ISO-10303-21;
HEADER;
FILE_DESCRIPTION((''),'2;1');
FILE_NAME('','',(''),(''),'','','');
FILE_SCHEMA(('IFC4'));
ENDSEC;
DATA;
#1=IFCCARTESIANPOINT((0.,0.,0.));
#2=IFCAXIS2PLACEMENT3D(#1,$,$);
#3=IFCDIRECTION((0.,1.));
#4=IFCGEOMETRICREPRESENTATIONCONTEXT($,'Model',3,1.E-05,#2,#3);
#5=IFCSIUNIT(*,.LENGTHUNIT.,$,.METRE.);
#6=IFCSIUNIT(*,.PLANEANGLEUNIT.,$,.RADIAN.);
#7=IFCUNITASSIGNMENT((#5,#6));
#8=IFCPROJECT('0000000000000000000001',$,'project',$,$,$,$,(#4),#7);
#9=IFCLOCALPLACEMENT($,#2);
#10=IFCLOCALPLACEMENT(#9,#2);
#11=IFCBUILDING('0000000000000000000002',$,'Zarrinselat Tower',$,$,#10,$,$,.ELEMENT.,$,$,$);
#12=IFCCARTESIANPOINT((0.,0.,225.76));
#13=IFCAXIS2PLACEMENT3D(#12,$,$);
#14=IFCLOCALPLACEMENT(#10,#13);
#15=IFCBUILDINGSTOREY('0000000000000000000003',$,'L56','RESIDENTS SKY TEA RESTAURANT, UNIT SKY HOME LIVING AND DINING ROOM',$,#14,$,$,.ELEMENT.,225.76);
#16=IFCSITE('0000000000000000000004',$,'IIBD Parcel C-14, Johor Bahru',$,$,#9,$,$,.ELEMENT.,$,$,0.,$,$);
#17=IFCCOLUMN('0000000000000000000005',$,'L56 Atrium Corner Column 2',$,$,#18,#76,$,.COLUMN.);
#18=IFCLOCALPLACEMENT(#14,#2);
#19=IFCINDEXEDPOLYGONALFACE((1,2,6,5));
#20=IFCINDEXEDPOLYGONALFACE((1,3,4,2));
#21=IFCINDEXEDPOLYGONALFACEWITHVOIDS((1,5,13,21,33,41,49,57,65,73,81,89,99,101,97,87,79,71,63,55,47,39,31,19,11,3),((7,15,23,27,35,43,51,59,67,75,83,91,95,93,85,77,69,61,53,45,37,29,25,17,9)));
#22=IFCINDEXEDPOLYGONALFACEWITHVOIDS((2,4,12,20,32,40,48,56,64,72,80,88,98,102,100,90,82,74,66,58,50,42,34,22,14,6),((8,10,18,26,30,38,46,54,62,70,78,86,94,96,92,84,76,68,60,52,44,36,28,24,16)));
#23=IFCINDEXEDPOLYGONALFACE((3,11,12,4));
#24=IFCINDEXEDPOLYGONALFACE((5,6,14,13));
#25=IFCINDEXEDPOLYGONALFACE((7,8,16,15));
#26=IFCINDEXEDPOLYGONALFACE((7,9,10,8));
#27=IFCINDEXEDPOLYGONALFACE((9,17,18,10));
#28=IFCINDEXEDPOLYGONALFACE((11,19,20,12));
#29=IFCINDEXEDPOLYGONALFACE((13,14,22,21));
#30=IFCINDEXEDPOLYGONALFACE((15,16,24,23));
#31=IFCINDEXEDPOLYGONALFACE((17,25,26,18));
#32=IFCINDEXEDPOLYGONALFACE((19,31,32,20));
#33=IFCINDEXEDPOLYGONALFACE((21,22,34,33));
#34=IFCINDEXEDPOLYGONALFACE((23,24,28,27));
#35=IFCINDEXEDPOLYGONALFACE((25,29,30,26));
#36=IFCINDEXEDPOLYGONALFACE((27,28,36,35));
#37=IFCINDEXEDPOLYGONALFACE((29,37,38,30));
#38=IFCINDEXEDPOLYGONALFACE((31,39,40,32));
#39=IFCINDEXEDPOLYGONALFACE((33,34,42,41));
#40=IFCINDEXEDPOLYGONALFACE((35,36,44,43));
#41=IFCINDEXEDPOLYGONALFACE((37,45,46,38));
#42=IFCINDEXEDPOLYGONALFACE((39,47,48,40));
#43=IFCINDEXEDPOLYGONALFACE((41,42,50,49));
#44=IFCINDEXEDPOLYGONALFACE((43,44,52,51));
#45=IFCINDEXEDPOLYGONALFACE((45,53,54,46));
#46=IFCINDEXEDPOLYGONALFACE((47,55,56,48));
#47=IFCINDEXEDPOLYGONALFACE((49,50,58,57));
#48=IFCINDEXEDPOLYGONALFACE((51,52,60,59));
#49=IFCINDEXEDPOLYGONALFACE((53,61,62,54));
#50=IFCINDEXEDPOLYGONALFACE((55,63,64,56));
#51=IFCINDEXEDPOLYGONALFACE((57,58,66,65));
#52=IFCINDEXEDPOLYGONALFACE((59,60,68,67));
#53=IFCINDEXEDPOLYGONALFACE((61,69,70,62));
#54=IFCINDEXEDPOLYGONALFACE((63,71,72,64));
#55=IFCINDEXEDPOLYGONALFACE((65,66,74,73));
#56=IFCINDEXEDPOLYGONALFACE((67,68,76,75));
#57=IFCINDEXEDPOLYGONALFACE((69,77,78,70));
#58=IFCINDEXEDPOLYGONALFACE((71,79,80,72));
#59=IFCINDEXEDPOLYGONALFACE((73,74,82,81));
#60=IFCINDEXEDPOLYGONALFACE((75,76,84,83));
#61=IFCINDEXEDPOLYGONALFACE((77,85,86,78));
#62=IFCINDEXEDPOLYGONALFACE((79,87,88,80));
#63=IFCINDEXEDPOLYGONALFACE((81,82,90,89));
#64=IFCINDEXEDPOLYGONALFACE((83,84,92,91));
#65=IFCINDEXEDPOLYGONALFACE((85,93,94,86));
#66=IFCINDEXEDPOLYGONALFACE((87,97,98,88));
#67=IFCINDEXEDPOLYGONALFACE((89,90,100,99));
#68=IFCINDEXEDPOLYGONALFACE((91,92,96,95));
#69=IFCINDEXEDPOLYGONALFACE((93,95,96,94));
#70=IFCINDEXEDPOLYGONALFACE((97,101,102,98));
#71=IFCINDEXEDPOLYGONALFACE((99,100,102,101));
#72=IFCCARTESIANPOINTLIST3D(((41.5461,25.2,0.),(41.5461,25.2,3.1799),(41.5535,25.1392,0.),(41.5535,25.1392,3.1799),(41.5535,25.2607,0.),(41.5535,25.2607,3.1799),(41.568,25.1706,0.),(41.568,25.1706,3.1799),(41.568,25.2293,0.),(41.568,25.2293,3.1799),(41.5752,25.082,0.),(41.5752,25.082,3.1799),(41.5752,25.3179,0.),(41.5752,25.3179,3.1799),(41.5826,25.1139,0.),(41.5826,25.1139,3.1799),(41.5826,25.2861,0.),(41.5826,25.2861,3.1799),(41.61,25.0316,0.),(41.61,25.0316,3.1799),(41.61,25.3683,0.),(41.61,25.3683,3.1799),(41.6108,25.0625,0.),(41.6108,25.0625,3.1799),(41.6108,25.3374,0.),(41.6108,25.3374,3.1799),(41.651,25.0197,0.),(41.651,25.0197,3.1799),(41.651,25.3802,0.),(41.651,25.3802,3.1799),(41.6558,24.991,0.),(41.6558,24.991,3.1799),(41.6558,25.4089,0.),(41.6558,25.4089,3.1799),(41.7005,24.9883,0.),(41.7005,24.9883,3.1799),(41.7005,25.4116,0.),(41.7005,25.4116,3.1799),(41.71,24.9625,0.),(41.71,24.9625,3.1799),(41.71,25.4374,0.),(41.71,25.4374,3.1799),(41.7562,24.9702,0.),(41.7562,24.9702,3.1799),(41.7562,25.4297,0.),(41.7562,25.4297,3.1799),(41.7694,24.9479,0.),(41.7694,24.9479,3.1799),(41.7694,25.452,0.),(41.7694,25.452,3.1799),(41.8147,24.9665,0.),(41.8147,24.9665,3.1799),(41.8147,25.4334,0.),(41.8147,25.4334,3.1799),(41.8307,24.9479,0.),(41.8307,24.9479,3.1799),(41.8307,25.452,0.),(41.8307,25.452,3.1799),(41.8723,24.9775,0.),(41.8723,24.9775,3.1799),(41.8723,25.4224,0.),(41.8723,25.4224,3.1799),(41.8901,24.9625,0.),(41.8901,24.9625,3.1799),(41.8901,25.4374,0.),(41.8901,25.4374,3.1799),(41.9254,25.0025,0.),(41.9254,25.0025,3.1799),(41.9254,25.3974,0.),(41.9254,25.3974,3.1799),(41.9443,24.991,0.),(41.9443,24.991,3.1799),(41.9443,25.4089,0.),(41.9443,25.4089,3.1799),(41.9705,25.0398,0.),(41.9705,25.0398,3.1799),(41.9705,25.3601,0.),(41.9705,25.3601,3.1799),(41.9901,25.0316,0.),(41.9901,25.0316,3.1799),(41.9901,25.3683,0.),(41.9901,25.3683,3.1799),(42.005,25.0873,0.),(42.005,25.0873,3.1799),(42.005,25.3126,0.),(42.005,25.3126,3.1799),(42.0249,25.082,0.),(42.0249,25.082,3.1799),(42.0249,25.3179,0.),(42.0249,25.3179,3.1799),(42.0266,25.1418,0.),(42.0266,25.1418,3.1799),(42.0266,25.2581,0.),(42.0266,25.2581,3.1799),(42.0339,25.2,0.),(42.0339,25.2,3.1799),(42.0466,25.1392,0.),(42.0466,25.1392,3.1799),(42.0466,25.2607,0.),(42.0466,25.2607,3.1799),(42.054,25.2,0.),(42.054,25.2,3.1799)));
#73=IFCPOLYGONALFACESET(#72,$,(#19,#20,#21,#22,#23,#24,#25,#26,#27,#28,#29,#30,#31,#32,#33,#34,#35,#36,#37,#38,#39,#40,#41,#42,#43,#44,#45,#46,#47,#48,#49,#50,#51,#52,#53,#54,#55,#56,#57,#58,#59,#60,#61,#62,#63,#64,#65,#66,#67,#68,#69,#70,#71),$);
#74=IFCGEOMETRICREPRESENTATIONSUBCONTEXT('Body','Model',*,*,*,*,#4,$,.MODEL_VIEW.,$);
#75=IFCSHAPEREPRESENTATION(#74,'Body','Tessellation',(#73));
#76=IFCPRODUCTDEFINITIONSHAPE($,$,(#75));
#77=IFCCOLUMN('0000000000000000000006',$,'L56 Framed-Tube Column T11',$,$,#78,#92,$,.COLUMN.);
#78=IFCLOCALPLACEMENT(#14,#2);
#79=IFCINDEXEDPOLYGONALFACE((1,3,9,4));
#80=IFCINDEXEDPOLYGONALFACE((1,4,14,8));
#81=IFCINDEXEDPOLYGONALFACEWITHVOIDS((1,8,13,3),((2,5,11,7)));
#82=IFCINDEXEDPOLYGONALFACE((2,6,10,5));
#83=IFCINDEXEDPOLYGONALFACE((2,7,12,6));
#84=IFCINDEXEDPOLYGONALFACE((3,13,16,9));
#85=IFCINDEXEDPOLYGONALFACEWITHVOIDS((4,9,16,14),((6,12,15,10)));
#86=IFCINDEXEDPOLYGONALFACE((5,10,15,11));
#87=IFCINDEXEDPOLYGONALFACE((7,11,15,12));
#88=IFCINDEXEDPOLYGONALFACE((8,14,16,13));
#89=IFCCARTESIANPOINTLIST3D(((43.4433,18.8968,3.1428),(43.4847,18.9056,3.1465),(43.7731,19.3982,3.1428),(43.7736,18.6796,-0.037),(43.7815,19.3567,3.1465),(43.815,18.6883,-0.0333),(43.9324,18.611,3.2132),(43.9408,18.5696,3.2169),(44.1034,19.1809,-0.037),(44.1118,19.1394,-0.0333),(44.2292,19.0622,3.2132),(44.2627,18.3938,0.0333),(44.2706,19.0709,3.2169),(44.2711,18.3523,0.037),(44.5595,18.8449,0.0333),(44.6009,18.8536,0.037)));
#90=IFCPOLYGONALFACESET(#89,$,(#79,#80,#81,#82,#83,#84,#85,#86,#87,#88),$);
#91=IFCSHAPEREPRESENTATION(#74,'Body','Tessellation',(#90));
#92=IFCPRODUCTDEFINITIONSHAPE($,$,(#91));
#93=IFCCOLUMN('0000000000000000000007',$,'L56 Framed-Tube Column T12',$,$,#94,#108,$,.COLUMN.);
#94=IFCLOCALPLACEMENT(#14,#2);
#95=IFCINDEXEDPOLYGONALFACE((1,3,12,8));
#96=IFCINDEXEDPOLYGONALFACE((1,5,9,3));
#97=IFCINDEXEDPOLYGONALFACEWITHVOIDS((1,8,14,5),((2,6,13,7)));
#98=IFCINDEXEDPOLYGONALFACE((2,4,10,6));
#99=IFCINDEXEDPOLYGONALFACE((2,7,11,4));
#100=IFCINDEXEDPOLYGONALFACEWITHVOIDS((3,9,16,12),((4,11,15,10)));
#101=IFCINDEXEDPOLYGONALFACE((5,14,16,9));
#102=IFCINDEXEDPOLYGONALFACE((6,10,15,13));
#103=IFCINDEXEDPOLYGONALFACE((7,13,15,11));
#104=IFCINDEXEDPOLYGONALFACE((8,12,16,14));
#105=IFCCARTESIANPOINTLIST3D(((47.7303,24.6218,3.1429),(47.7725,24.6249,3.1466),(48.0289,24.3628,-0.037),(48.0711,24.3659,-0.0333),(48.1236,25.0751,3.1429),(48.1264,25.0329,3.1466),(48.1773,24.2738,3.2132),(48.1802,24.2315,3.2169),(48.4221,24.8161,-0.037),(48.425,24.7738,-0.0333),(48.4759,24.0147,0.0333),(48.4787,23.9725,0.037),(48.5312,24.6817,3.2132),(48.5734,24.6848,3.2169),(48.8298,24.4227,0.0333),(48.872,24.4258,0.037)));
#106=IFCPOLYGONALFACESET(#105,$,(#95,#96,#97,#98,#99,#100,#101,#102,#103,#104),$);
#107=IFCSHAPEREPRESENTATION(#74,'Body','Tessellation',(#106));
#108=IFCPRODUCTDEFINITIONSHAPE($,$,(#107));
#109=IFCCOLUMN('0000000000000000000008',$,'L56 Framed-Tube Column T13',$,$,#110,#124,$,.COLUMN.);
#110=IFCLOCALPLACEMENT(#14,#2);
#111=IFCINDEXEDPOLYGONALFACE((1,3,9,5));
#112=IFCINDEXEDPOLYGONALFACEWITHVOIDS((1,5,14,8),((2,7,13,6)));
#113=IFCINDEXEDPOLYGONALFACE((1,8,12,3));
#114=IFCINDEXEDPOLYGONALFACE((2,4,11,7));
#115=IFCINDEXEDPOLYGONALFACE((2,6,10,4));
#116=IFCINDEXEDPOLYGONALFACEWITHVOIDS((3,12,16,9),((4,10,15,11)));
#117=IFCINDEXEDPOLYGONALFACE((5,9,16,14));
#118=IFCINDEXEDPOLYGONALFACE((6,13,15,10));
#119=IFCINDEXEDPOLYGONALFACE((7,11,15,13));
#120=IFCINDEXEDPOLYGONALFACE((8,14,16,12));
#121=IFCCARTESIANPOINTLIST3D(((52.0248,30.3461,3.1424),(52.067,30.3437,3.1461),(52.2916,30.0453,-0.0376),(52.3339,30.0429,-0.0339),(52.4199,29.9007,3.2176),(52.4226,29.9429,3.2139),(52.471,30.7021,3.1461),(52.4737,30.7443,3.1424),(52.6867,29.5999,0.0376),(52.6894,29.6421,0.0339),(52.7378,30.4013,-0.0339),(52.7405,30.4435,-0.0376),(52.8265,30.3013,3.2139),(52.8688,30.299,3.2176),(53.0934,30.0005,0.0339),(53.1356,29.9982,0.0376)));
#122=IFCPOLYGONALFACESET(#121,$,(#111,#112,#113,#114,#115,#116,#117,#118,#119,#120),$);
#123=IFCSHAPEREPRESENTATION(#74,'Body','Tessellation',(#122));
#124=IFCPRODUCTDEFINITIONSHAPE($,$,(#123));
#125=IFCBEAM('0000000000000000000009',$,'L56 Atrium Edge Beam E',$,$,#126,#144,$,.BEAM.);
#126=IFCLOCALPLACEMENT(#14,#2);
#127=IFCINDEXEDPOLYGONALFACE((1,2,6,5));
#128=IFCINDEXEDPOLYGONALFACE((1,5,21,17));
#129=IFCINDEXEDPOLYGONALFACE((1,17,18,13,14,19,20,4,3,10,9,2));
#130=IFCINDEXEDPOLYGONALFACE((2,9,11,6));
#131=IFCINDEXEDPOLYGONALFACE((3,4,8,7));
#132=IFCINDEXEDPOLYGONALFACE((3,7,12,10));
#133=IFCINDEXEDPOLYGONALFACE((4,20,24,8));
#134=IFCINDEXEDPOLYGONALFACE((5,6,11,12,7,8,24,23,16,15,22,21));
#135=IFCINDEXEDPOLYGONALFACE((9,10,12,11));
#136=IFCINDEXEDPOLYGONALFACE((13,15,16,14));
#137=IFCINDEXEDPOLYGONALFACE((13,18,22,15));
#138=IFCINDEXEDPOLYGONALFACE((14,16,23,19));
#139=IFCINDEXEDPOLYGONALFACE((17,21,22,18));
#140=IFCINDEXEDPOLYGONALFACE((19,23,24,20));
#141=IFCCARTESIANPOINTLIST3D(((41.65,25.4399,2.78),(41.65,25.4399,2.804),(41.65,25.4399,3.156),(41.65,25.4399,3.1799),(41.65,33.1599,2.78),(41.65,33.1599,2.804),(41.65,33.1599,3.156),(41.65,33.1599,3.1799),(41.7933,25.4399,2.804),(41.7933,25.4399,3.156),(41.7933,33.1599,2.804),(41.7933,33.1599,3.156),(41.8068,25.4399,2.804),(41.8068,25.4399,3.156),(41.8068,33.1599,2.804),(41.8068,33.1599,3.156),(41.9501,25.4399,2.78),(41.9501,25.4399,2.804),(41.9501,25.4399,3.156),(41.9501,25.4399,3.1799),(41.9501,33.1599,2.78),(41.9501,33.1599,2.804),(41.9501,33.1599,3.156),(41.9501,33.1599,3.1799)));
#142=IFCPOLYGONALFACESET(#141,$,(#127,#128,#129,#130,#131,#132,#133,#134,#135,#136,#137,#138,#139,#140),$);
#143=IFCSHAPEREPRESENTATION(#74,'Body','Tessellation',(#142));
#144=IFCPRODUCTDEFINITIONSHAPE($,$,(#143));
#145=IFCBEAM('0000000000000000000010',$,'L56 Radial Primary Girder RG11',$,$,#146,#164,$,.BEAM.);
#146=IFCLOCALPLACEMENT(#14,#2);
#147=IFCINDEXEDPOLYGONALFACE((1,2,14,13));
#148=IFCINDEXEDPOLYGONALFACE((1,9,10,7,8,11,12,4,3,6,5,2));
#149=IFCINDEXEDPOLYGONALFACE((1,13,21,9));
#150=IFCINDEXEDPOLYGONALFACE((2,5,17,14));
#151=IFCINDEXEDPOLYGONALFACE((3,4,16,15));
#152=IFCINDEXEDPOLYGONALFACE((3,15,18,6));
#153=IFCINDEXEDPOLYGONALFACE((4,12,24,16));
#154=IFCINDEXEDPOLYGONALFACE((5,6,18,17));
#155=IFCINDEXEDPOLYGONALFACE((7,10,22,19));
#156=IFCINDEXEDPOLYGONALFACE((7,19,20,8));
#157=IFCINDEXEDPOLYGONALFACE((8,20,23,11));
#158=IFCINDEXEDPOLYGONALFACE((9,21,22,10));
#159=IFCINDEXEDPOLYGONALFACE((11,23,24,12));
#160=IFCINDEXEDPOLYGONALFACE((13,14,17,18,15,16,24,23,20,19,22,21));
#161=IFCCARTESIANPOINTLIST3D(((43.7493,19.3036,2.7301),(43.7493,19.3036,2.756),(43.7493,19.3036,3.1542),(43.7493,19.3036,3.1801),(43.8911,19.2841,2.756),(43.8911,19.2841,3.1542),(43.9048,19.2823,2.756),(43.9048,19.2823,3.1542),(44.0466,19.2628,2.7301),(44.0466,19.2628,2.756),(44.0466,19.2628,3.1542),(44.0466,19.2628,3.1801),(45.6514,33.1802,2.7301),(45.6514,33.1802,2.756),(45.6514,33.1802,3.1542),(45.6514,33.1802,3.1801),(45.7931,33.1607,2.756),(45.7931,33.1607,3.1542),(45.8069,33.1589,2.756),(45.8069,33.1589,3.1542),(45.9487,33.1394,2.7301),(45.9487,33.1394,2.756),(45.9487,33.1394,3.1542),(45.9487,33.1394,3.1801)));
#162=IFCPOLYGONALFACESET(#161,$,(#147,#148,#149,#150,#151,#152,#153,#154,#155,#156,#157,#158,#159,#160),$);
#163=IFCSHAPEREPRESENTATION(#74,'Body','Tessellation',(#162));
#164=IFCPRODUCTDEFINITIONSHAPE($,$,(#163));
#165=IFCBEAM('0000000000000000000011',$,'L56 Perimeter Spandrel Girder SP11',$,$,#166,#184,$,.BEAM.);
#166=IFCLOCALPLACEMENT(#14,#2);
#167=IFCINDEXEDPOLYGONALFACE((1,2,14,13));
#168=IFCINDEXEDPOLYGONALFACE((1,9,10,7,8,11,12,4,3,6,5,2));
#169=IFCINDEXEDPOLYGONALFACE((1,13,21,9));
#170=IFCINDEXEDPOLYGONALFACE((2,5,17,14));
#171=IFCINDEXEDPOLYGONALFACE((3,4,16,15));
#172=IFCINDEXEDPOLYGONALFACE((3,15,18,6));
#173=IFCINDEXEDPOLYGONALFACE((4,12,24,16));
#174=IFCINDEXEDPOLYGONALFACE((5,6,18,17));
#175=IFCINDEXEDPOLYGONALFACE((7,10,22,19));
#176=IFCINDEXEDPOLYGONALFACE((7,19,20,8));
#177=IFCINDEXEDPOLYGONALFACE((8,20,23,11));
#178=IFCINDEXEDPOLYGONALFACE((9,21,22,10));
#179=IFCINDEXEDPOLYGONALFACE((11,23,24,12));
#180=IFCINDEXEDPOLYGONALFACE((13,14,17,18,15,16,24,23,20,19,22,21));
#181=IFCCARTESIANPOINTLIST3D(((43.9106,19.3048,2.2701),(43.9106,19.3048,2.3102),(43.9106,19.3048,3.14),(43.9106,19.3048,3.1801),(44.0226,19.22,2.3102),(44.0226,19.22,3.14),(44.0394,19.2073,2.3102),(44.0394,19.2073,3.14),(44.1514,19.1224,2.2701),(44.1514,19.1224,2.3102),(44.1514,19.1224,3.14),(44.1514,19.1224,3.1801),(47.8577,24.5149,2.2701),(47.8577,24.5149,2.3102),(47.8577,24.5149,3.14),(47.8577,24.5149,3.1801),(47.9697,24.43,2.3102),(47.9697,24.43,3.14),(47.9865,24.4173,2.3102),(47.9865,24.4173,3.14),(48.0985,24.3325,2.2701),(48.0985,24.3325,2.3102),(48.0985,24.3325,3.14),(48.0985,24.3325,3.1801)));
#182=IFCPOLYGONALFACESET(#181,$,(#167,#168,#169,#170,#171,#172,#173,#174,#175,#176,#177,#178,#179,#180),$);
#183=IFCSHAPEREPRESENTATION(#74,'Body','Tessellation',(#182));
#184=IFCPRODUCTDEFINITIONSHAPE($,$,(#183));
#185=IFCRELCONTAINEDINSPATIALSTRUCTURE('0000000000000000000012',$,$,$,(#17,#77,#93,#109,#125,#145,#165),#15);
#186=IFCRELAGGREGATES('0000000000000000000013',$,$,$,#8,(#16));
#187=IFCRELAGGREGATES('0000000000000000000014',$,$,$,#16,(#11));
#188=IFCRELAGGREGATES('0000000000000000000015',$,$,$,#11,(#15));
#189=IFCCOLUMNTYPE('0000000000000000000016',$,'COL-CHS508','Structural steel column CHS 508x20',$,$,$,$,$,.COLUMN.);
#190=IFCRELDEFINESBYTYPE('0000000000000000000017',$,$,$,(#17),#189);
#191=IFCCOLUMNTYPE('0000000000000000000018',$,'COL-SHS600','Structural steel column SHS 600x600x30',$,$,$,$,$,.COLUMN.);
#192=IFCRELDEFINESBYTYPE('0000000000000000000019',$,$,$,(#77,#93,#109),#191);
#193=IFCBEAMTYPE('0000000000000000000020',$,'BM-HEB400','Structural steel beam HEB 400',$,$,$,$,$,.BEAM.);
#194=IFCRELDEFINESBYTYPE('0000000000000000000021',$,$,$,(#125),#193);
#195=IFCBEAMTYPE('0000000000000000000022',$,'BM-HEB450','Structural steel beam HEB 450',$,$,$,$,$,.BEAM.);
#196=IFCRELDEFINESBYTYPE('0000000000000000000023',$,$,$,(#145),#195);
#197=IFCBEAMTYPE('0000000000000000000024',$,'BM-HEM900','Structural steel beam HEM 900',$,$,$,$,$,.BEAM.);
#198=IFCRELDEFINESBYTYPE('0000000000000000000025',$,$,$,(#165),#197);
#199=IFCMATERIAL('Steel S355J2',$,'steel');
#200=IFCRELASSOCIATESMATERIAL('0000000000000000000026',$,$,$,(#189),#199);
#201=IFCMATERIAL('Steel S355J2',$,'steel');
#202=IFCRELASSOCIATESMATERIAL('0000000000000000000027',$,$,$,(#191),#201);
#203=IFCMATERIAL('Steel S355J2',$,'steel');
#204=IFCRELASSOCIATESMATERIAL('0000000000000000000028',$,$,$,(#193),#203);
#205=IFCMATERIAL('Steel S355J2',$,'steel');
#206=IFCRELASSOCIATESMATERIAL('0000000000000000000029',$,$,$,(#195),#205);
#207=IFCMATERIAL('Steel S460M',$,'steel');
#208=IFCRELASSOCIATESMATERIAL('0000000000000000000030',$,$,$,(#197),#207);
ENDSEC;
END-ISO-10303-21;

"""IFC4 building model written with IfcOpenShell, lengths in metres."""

from ifc_helpers import new_model, si_unit, direction, frame, origin, origin_2d, place, context, subcontext, project, spatial, hollow_rectangle, hollow_circle, i_section, extrude, material, material_profile, profile_set, type_object, element, save


model = new_model("IFC4")

# Units and contexts
model_context = context("Model", 3, precision=1e-05, world=origin(), true_north=direction((0.0, 1.0)))
body_context = subcontext(model_context, "Body", "Model", "MODEL_VIEW")
ifc_project = project(units=[si_unit("LENGTHUNIT", "METRE"), si_unit("PLANEANGLEUNIT", "RADIAN")], contexts=[model_context])

# Site, building, storey
site_placement = place(None, origin())
site = spatial("IfcSite", under=ifc_project, at=site_placement, Name="IIBD Parcel C-14, Johor Bahru", CompositionType="ELEMENT", RefElevation=0.0)
building_placement = place(site_placement, origin())
building = spatial("IfcBuilding", under=site, at=building_placement, Name="Zarrinselat Tower", CompositionType="ELEMENT")
storey_placement = place(building_placement, frame((0.0, 0.0, 225.76)))
storey = spatial("IfcBuildingStorey", under=building, at=storey_placement, Name="L56", Description="RESIDENTS SKY TEA RESTAURANT, UNIT SKY HOME LIVING AND DINING ROOM", CompositionType="ELEMENT", Elevation=225.76)

# Columns
ifc_material_1 = material(Name="Steel S355J2", Category="steel")
ifc_material_profile_1 = material_profile(ifc_material_1, hollow_circle(Radius=0.2539, WallThickness=0.02, at=origin_2d()), Name="CHS 508x20")
ifc_profile_set_1 = profile_set([ifc_material_profile_1], Name="Steel S355J2")
column_type_1 = type_object("IfcColumnType", Name="COL-CHS508", Description="Structural steel column CHS 508x20", PredefinedType="COLUMN", material=ifc_profile_set_1)
column_1_placement = place(storey_placement, frame((41.8, 25.2, 0.0), z_axis=(0.0, 0.0, 1.0), x_axis=(1.0, 0.0, 0.0)))
element("IfcColumn", 1, at=column_1_placement, inside=storey, type_object=column_type_1, Name="L56 Atrium Corner Column 2", PredefinedType="COLUMN", context=body_context, shape_type="SweptSolid", body=[
    extrude(hollow_circle(Radius=0.2539, WallThickness=0.02, at=origin_2d()), origin(), (0.0, 0.0, 1.0), 3.1799),
])
ifc_material_2 = material(Name="Steel S355J2", Category="steel")
ifc_material_profile_2 = material_profile(ifc_material_2, hollow_rectangle(XDim=0.6001, YDim=0.6001, WallThickness=0.03, at=origin_2d()), Name="SHS 600x600x30")
ifc_profile_set_2 = profile_set([ifc_material_profile_2], Name="Steel S355J2")
column_type_2 = type_object("IfcColumnType", Name="COL-SHS600", Description="Structural steel column SHS 600x600x30", PredefinedType="COLUMN", material=ifc_profile_set_2)
for number, where, z_axis, x_axis, name in (
    (2, (44.1873, 18.7666, 0.0), (-0.103083, 0.067808, 0.992359), (-0.54956, -0.835454, 0.0), "L56 Framed-Tube Column T11"),
    (3, (48.4504, 24.3943, 0.0), (-0.093179, 0.080837, 0.992362), (-0.655307, -0.755363, 0.0), "L56 Framed-Tube Column T12"),
):
    element("IfcColumn", number, at=place(storey_placement, frame(where, z_axis=z_axis, x_axis=x_axis)), inside=storey, type_object=column_type_2, Name=name, PredefinedType="COLUMN", context=body_context, shape_type="SweptSolid", body=[
        extrude(hollow_rectangle(XDim=0.6001, YDim=0.6001, WallThickness=0.03, at=origin_2d()), origin(), (0.0, 0.0, 1.0), 3.2043),
    ])
column_2_placement = place(storey_placement, frame((52.7136, 30.0217, 0.0), z_axis=(-0.083253, 0.09384, 0.9921), x_axis=(-0.748045, -0.663647, 0.0)))
element("IfcColumn", 4, at=column_2_placement, inside=storey, type_object=column_type_2, Name="L56 Framed-Tube Column T13", PredefinedType="COLUMN", context=body_context, shape_type="SweptSolid", body=[
    extrude(hollow_rectangle(XDim=0.6001, YDim=0.6001, WallThickness=0.03, at=origin_2d()), origin(), (0.0, 0.0, 1.0), 3.2053),
])

# Beams
ifc_material_3 = material(Name="Steel S355J2", Category="steel")
ifc_material_profile_3 = material_profile(ifc_material_3, i_section(OverallWidth=0.3, OverallDepth=0.3999, WebThickness=0.0134, FlangeThickness=0.0239, at=origin_2d()), Name="HEB 400")
ifc_profile_set_3 = profile_set([ifc_material_profile_3], Name="Steel S355J2")
beam_type_1 = type_object("IfcBeamType", Name="BM-HEB400", Description="Structural steel beam HEB 400", PredefinedType="BEAM", material=ifc_profile_set_3)
beam_1_placement = place(storey_placement, frame((41.8, 25.4399, 2.98), z_axis=(0.0, 1.0, 0.0), x_axis=(-1.0, 0.0, 0.0)))
element("IfcBeam", 5, at=beam_1_placement, inside=storey, type_object=beam_type_1, Name="L56 Atrium Edge Beam E", PredefinedType="BEAM", context=body_context, shape_type="SweptSolid", body=[
    extrude(i_section(OverallWidth=0.3, OverallDepth=0.3999, WebThickness=0.0134, FlangeThickness=0.0239, at=origin_2d()), origin(), (0.0, 0.0, 1.0), 7.72),
])
ifc_material_4 = material(Name="Steel S355J2", Category="steel")
ifc_material_profile_4 = material_profile(ifc_material_4, i_section(OverallWidth=0.3, OverallDepth=0.45, WebThickness=0.0139, FlangeThickness=0.0259, at=origin_2d()), Name="HEB 450")
ifc_profile_set_4 = profile_set([ifc_material_profile_4], Name="Steel S355J2")
beam_type_2 = type_object("IfcBeamType", Name="BM-HEB450", Description="Structural steel beam HEB 450", PredefinedType="BEAM", material=ifc_profile_set_4)
beam_2_placement = place(storey_placement, frame((43.8979, 19.2832, 2.9551), z_axis=(0.135802, 0.990736, 0.0), x_axis=(-0.990736, 0.135802, 0.0)))
element("IfcBeam", 6, at=beam_2_placement, inside=storey, type_object=beam_type_2, Name="L56 Radial Primary Girder RG11", PredefinedType="BEAM", context=body_context, shape_type="SweptSolid", body=[
    extrude(i_section(OverallWidth=0.3, OverallDepth=0.45, WebThickness=0.0139, FlangeThickness=0.0259, at=origin_2d()), origin(), (0.0, 0.0, 1.0), 14.0063),
])
ifc_material_5 = material(Name="Steel S460M", Category="steel")
ifc_material_profile_5 = material_profile(ifc_material_5, i_section(OverallWidth=0.302, OverallDepth=0.9099, WebThickness=0.021, FlangeThickness=0.04, at=origin_2d()), Name="HEM 900")
ifc_profile_set_5 = profile_set([ifc_material_profile_5], Name="Steel S460M")
beam_type_3 = type_object("IfcBeamType", Name="BM-HEM900", Description="Structural steel beam HEM 900", PredefinedType="BEAM", material=ifc_profile_set_5)
beam_3_placement = place(storey_placement, frame((44.031, 19.2136, 2.7251), z_axis=(0.603866, 0.797086, 0.0), x_axis=(-0.797086, 0.603866, 0.0)))
element("IfcBeam", 7, at=beam_3_placement, inside=storey, type_object=beam_type_3, Name="L56 Perimeter Spandrel Girder SP11", PredefinedType="BEAM", context=body_context, shape_type="SweptSolid", body=[
    extrude(i_section(OverallWidth=0.302, OverallDepth=0.9099, WebThickness=0.021, FlangeThickness=0.04, at=origin_2d()), origin(), (0.0, 0.0, 1.0), 6.5364),
])

save(model, "model.ifc")
